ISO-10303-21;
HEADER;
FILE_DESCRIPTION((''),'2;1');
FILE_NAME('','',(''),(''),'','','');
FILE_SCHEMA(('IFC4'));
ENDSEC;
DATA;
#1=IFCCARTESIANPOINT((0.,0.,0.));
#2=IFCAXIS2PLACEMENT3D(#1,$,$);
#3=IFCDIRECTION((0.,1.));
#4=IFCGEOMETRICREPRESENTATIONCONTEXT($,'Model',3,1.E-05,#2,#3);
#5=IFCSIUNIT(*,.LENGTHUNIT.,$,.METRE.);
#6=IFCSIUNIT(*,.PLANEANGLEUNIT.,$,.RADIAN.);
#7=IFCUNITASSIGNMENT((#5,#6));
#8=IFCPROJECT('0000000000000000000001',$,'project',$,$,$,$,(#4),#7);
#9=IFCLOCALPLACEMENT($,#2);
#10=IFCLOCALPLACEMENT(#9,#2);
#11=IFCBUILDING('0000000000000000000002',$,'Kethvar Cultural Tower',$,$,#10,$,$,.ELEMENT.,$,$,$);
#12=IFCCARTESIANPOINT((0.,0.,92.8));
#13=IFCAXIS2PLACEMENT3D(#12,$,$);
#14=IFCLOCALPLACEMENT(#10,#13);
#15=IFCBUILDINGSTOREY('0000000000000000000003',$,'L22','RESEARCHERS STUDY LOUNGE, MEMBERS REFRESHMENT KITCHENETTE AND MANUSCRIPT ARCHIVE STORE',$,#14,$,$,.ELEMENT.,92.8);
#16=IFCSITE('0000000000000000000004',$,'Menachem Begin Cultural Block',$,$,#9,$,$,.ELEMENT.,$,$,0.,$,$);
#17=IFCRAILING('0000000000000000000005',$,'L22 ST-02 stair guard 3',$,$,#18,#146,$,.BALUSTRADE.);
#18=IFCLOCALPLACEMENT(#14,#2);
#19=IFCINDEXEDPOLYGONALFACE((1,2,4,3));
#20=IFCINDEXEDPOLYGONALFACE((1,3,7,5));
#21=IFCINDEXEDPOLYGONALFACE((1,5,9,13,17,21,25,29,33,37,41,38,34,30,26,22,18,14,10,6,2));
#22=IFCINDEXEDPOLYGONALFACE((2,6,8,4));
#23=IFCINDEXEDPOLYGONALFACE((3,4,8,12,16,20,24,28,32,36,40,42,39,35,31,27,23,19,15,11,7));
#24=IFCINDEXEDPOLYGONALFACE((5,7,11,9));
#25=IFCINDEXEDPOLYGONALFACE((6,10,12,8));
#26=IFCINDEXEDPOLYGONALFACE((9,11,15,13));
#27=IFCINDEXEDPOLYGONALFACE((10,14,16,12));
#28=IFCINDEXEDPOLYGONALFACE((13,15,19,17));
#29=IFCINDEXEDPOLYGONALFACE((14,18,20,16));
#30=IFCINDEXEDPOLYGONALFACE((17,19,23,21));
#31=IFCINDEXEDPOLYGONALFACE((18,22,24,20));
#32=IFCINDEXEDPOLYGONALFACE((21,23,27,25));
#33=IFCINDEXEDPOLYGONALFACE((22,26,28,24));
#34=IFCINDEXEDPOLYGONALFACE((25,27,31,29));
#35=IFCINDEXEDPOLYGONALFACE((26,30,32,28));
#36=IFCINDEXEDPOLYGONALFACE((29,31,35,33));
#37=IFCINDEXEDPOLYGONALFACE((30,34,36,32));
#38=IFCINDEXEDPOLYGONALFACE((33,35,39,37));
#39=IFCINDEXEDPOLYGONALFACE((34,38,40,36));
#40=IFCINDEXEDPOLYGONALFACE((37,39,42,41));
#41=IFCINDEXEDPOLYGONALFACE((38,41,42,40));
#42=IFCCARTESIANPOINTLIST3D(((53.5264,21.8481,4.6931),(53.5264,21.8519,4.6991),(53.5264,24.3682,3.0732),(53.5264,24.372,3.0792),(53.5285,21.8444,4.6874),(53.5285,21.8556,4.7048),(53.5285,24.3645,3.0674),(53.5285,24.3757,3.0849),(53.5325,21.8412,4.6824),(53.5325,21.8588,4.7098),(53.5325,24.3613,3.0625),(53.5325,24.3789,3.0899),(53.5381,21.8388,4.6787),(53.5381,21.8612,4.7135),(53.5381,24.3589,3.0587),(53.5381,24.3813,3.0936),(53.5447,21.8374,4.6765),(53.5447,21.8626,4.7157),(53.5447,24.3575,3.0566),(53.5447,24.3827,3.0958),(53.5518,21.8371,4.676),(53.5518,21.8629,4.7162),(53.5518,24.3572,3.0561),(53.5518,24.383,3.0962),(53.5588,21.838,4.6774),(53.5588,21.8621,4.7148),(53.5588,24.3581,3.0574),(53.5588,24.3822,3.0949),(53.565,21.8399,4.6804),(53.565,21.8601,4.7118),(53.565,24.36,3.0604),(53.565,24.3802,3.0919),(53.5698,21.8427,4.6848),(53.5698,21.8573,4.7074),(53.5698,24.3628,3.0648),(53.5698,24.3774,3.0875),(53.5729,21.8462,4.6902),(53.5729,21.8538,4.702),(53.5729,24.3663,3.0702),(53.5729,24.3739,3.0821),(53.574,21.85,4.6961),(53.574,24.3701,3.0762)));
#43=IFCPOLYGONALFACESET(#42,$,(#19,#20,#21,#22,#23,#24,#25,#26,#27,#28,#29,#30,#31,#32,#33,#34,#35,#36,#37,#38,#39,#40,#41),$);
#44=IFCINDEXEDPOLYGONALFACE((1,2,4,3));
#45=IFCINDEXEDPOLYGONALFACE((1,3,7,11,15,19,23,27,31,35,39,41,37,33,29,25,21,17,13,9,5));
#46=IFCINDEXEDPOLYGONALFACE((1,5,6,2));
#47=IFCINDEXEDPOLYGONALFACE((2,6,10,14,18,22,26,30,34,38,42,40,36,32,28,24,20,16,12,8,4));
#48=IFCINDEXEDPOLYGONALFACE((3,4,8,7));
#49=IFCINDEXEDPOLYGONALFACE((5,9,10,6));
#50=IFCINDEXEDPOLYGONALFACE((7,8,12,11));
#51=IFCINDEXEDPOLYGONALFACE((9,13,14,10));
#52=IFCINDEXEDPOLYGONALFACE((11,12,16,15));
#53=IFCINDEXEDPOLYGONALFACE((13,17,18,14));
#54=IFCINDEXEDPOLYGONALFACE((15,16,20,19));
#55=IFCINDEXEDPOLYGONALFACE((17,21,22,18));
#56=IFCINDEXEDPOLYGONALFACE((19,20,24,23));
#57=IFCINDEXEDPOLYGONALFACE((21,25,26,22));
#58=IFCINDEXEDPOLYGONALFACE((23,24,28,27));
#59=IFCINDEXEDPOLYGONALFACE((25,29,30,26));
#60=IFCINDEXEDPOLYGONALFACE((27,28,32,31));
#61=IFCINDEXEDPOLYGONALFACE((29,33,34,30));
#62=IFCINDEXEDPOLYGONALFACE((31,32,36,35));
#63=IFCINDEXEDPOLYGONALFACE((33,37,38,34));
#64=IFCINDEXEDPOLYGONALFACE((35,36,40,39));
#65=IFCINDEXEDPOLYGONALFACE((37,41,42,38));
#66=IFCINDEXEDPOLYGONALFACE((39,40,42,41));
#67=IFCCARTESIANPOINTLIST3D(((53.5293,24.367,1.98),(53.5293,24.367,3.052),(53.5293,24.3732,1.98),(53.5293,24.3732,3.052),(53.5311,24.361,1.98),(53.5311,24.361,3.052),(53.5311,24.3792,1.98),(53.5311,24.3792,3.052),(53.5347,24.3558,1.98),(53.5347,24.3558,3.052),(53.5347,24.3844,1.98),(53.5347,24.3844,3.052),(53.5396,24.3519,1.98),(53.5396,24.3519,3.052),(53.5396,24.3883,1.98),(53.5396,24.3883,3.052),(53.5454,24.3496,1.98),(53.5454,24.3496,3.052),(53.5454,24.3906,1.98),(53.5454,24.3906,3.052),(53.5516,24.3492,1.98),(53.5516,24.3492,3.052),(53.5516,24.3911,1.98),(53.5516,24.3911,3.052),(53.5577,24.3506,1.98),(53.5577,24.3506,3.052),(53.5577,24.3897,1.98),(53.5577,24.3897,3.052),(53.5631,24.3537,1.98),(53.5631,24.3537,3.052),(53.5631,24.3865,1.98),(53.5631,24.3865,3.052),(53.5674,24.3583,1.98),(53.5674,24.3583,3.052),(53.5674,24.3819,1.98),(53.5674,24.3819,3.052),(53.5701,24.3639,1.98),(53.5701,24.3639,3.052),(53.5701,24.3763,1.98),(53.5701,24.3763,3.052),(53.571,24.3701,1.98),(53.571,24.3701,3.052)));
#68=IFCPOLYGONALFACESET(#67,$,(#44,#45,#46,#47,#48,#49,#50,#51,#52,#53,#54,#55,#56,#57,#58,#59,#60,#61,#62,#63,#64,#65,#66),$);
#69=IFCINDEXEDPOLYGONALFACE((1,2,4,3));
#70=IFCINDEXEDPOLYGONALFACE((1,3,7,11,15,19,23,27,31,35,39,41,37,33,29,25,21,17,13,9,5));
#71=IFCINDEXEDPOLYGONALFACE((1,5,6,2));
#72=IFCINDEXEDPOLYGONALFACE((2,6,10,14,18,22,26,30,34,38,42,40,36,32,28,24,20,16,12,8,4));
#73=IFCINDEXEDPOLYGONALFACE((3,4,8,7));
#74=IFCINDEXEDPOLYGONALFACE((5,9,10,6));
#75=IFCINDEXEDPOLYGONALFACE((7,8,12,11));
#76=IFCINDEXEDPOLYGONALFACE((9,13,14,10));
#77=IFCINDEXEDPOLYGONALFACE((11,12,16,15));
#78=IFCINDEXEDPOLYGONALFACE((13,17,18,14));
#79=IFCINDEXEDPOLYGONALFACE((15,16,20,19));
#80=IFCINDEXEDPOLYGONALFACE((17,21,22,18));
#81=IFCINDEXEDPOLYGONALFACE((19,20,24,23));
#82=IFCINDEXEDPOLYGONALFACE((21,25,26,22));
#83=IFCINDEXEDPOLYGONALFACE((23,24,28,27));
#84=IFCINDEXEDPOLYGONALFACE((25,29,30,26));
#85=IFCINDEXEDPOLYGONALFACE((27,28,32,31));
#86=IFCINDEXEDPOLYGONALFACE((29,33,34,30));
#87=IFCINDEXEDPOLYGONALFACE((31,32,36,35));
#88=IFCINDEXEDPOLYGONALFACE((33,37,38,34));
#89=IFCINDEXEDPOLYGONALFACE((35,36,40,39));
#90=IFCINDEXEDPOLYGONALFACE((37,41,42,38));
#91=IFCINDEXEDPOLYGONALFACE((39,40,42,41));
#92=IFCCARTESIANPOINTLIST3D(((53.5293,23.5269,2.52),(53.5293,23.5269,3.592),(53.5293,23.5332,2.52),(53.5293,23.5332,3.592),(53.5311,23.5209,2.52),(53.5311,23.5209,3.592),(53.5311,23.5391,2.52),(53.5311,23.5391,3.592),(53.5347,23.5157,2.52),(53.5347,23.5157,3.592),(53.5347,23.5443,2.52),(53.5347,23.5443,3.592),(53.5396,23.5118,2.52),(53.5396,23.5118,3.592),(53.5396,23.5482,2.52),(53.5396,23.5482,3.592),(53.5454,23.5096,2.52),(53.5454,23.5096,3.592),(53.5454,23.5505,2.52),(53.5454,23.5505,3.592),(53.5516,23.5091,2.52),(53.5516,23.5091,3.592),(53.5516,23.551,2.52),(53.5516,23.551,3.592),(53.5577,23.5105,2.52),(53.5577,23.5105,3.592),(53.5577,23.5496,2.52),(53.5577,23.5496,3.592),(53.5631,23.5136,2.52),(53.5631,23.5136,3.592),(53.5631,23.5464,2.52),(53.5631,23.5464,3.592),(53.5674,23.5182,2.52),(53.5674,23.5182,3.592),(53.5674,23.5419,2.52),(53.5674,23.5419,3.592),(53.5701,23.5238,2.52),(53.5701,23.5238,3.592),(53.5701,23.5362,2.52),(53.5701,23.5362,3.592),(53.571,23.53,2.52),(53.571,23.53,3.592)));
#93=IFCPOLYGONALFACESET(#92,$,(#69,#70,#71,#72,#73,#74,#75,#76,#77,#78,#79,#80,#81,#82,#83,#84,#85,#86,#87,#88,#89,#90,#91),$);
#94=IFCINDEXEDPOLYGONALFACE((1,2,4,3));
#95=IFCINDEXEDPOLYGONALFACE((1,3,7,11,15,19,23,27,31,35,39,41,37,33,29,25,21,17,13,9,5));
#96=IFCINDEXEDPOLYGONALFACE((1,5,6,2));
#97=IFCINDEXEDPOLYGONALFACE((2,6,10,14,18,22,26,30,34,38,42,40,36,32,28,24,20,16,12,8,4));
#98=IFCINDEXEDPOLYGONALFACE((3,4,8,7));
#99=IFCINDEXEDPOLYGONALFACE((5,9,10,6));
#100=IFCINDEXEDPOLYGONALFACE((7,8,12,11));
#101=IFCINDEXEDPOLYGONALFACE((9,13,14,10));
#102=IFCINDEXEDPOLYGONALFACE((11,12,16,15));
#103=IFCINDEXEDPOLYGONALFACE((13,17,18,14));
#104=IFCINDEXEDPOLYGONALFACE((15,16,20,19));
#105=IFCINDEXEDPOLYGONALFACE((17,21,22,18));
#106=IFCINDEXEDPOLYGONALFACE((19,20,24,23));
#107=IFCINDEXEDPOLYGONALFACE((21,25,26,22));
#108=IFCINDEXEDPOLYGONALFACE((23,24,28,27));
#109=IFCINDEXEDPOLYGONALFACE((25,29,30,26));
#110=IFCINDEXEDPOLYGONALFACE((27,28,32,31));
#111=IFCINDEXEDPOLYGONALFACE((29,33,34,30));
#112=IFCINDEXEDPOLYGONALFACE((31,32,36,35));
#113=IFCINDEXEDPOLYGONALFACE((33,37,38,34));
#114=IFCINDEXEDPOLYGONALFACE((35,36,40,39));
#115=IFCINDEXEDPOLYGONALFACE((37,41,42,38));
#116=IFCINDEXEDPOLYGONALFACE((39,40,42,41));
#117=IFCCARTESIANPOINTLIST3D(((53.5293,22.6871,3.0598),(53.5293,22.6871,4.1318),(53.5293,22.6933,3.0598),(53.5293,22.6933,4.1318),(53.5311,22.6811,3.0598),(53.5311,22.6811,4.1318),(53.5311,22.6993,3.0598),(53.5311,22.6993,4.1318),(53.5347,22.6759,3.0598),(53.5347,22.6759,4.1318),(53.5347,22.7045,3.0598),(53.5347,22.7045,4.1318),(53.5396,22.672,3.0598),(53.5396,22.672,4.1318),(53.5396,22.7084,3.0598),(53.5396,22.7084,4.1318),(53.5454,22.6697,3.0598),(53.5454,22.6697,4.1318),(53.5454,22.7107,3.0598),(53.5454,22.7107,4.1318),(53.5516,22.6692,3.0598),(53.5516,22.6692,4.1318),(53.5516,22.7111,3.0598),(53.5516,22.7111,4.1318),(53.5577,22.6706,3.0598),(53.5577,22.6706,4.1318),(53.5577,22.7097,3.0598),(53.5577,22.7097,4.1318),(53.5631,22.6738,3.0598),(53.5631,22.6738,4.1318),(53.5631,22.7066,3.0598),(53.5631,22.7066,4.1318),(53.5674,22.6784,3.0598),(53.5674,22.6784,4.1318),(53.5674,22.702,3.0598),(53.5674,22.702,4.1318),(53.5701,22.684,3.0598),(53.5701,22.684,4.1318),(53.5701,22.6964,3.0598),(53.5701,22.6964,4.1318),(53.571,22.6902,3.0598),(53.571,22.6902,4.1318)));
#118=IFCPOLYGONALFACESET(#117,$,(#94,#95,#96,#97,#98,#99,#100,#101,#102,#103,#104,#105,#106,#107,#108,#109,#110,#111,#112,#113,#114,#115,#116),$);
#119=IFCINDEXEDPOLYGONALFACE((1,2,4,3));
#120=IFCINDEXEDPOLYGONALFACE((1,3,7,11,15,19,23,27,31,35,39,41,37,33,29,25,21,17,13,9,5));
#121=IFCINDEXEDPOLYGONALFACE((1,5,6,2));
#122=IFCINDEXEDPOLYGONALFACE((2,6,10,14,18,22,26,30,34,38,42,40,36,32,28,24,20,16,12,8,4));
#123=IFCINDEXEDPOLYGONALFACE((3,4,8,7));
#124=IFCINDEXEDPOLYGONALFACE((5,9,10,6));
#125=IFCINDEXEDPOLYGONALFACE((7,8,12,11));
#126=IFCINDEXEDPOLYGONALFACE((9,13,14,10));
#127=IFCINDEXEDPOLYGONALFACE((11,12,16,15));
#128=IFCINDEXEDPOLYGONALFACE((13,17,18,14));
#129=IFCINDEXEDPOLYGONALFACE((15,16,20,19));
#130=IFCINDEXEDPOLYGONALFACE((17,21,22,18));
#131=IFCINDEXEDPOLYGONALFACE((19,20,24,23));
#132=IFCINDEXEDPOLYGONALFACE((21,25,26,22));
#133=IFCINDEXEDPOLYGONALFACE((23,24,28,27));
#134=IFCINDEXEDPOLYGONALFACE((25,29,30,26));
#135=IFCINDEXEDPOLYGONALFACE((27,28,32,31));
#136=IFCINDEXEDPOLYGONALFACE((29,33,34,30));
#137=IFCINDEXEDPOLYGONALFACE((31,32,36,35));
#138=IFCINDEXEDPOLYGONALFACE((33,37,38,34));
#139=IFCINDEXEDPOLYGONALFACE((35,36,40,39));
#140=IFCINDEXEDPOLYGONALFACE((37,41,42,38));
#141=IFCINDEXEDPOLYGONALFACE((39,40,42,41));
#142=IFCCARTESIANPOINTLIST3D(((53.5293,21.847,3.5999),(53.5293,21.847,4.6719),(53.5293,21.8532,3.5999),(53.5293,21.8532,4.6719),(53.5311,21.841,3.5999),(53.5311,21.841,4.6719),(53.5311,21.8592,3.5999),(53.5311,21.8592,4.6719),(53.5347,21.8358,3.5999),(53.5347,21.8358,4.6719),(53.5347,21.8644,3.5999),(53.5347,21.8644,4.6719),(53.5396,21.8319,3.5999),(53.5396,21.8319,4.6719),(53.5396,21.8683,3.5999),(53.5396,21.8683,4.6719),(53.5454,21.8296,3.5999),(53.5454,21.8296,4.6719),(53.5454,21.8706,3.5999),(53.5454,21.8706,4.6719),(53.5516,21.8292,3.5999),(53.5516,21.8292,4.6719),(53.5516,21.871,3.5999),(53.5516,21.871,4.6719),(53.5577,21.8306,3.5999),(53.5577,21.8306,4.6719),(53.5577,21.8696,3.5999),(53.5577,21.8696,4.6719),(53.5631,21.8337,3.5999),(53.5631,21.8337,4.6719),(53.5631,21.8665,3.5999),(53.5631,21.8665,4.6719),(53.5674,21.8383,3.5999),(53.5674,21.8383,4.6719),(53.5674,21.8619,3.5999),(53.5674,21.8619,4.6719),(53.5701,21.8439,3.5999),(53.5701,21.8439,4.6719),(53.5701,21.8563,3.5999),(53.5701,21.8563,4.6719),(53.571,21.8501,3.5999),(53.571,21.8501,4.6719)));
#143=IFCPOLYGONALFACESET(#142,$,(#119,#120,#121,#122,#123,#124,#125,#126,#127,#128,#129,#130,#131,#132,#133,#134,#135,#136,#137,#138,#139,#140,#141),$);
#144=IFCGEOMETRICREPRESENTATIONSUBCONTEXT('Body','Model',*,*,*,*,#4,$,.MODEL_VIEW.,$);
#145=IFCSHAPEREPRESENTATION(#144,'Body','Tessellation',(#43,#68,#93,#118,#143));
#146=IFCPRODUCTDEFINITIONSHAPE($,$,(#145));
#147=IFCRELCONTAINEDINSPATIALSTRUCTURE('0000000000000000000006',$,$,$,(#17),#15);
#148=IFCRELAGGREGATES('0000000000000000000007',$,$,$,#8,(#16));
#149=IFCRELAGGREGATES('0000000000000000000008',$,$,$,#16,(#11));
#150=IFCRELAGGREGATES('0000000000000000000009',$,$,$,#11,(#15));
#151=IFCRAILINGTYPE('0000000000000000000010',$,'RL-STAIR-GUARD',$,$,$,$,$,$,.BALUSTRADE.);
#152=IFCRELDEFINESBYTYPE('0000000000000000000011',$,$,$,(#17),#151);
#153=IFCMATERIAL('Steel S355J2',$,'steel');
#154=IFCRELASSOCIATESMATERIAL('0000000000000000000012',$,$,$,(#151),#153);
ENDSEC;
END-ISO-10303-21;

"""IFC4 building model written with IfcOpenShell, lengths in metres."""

from ifc_helpers import new_model, si_unit, direction, frame, origin, origin_2d, place, context, subcontext, project, spatial, circle, extrude, material, type_object, element, save


model = new_model("IFC4")

# Units and contexts
model_context = context("Model", 3, precision=1e-05, world=origin(), true_north=direction((0.0, 1.0)))
body_context = subcontext(model_context, "Body", "Model", "MODEL_VIEW")
ifc_project = project(units=[si_unit("LENGTHUNIT", "METRE"), si_unit("PLANEANGLEUNIT", "RADIAN")], contexts=[model_context])

# Site, building, storey
site_placement = place(None, origin())
site = spatial("IfcSite", under=ifc_project, at=site_placement, Name="Menachem Begin Cultural Block", CompositionType="ELEMENT", RefElevation=0.0)
building_placement = place(site_placement, origin())
building = spatial("IfcBuilding", under=site, at=building_placement, Name="Kethvar Cultural Tower", CompositionType="ELEMENT")
storey_placement = place(building_placement, frame((0.0, 0.0, 92.8)))
storey = spatial("IfcBuildingStorey", under=building, at=storey_placement, Name="L22", Description="RESEARCHERS STUDY LOUNGE, MEMBERS REFRESHMENT KITCHENETTE AND MANUSCRIPT ARCHIVE STORE", CompositionType="ELEMENT", Elevation=92.8)

# Shared definitions
ifc_material_1 = material(Name="Steel S355J2", Category="steel")

# Railing
railing_type_1 = type_object("IfcRailingType", Name="RL-STAIR-GUARD", PredefinedType="BALUSTRADE", material=ifc_material_1)
railing_1_placement = place(storey_placement, frame((53.55, 24.3701, 1.98)))
element("IfcRailing", 1, at=railing_1_placement, inside=storey, type_object=railing_type_1, Name="L22 ST-02 stair guard 3", PredefinedType="BALUSTRADE", context=body_context, shape_type="SweptSolid", body=[
    extrude(circle(Radius=0.0239, at=origin_2d()), frame((0.0, 0.0, 1.0962), z_axis=(0.0, -0.8412, 0.540725), x_axis=(1.0, 0.0, 0.0)), (0.0, 0.0, 1.0), 2.9958),
    extrude(circle(Radius=0.021, at=origin_2d()), origin(), (0.0, 0.0, 1.0), 1.072),
    extrude(circle(Radius=0.021, at=origin_2d()), frame((0.0, -0.8401, 0.54)), (0.0, 0.0, 1.0), 1.072),
    extrude(circle(Radius=0.021, at=origin_2d()), frame((0.0, -1.6799, 1.0798)), (0.0, 0.0, 1.0), 1.072),
    extrude(circle(Radius=0.021, at=origin_2d()), frame((0.0, -2.52, 1.6199)), (0.0, 0.0, 1.0), 1.072),
])

save(model, "model.ifc")
